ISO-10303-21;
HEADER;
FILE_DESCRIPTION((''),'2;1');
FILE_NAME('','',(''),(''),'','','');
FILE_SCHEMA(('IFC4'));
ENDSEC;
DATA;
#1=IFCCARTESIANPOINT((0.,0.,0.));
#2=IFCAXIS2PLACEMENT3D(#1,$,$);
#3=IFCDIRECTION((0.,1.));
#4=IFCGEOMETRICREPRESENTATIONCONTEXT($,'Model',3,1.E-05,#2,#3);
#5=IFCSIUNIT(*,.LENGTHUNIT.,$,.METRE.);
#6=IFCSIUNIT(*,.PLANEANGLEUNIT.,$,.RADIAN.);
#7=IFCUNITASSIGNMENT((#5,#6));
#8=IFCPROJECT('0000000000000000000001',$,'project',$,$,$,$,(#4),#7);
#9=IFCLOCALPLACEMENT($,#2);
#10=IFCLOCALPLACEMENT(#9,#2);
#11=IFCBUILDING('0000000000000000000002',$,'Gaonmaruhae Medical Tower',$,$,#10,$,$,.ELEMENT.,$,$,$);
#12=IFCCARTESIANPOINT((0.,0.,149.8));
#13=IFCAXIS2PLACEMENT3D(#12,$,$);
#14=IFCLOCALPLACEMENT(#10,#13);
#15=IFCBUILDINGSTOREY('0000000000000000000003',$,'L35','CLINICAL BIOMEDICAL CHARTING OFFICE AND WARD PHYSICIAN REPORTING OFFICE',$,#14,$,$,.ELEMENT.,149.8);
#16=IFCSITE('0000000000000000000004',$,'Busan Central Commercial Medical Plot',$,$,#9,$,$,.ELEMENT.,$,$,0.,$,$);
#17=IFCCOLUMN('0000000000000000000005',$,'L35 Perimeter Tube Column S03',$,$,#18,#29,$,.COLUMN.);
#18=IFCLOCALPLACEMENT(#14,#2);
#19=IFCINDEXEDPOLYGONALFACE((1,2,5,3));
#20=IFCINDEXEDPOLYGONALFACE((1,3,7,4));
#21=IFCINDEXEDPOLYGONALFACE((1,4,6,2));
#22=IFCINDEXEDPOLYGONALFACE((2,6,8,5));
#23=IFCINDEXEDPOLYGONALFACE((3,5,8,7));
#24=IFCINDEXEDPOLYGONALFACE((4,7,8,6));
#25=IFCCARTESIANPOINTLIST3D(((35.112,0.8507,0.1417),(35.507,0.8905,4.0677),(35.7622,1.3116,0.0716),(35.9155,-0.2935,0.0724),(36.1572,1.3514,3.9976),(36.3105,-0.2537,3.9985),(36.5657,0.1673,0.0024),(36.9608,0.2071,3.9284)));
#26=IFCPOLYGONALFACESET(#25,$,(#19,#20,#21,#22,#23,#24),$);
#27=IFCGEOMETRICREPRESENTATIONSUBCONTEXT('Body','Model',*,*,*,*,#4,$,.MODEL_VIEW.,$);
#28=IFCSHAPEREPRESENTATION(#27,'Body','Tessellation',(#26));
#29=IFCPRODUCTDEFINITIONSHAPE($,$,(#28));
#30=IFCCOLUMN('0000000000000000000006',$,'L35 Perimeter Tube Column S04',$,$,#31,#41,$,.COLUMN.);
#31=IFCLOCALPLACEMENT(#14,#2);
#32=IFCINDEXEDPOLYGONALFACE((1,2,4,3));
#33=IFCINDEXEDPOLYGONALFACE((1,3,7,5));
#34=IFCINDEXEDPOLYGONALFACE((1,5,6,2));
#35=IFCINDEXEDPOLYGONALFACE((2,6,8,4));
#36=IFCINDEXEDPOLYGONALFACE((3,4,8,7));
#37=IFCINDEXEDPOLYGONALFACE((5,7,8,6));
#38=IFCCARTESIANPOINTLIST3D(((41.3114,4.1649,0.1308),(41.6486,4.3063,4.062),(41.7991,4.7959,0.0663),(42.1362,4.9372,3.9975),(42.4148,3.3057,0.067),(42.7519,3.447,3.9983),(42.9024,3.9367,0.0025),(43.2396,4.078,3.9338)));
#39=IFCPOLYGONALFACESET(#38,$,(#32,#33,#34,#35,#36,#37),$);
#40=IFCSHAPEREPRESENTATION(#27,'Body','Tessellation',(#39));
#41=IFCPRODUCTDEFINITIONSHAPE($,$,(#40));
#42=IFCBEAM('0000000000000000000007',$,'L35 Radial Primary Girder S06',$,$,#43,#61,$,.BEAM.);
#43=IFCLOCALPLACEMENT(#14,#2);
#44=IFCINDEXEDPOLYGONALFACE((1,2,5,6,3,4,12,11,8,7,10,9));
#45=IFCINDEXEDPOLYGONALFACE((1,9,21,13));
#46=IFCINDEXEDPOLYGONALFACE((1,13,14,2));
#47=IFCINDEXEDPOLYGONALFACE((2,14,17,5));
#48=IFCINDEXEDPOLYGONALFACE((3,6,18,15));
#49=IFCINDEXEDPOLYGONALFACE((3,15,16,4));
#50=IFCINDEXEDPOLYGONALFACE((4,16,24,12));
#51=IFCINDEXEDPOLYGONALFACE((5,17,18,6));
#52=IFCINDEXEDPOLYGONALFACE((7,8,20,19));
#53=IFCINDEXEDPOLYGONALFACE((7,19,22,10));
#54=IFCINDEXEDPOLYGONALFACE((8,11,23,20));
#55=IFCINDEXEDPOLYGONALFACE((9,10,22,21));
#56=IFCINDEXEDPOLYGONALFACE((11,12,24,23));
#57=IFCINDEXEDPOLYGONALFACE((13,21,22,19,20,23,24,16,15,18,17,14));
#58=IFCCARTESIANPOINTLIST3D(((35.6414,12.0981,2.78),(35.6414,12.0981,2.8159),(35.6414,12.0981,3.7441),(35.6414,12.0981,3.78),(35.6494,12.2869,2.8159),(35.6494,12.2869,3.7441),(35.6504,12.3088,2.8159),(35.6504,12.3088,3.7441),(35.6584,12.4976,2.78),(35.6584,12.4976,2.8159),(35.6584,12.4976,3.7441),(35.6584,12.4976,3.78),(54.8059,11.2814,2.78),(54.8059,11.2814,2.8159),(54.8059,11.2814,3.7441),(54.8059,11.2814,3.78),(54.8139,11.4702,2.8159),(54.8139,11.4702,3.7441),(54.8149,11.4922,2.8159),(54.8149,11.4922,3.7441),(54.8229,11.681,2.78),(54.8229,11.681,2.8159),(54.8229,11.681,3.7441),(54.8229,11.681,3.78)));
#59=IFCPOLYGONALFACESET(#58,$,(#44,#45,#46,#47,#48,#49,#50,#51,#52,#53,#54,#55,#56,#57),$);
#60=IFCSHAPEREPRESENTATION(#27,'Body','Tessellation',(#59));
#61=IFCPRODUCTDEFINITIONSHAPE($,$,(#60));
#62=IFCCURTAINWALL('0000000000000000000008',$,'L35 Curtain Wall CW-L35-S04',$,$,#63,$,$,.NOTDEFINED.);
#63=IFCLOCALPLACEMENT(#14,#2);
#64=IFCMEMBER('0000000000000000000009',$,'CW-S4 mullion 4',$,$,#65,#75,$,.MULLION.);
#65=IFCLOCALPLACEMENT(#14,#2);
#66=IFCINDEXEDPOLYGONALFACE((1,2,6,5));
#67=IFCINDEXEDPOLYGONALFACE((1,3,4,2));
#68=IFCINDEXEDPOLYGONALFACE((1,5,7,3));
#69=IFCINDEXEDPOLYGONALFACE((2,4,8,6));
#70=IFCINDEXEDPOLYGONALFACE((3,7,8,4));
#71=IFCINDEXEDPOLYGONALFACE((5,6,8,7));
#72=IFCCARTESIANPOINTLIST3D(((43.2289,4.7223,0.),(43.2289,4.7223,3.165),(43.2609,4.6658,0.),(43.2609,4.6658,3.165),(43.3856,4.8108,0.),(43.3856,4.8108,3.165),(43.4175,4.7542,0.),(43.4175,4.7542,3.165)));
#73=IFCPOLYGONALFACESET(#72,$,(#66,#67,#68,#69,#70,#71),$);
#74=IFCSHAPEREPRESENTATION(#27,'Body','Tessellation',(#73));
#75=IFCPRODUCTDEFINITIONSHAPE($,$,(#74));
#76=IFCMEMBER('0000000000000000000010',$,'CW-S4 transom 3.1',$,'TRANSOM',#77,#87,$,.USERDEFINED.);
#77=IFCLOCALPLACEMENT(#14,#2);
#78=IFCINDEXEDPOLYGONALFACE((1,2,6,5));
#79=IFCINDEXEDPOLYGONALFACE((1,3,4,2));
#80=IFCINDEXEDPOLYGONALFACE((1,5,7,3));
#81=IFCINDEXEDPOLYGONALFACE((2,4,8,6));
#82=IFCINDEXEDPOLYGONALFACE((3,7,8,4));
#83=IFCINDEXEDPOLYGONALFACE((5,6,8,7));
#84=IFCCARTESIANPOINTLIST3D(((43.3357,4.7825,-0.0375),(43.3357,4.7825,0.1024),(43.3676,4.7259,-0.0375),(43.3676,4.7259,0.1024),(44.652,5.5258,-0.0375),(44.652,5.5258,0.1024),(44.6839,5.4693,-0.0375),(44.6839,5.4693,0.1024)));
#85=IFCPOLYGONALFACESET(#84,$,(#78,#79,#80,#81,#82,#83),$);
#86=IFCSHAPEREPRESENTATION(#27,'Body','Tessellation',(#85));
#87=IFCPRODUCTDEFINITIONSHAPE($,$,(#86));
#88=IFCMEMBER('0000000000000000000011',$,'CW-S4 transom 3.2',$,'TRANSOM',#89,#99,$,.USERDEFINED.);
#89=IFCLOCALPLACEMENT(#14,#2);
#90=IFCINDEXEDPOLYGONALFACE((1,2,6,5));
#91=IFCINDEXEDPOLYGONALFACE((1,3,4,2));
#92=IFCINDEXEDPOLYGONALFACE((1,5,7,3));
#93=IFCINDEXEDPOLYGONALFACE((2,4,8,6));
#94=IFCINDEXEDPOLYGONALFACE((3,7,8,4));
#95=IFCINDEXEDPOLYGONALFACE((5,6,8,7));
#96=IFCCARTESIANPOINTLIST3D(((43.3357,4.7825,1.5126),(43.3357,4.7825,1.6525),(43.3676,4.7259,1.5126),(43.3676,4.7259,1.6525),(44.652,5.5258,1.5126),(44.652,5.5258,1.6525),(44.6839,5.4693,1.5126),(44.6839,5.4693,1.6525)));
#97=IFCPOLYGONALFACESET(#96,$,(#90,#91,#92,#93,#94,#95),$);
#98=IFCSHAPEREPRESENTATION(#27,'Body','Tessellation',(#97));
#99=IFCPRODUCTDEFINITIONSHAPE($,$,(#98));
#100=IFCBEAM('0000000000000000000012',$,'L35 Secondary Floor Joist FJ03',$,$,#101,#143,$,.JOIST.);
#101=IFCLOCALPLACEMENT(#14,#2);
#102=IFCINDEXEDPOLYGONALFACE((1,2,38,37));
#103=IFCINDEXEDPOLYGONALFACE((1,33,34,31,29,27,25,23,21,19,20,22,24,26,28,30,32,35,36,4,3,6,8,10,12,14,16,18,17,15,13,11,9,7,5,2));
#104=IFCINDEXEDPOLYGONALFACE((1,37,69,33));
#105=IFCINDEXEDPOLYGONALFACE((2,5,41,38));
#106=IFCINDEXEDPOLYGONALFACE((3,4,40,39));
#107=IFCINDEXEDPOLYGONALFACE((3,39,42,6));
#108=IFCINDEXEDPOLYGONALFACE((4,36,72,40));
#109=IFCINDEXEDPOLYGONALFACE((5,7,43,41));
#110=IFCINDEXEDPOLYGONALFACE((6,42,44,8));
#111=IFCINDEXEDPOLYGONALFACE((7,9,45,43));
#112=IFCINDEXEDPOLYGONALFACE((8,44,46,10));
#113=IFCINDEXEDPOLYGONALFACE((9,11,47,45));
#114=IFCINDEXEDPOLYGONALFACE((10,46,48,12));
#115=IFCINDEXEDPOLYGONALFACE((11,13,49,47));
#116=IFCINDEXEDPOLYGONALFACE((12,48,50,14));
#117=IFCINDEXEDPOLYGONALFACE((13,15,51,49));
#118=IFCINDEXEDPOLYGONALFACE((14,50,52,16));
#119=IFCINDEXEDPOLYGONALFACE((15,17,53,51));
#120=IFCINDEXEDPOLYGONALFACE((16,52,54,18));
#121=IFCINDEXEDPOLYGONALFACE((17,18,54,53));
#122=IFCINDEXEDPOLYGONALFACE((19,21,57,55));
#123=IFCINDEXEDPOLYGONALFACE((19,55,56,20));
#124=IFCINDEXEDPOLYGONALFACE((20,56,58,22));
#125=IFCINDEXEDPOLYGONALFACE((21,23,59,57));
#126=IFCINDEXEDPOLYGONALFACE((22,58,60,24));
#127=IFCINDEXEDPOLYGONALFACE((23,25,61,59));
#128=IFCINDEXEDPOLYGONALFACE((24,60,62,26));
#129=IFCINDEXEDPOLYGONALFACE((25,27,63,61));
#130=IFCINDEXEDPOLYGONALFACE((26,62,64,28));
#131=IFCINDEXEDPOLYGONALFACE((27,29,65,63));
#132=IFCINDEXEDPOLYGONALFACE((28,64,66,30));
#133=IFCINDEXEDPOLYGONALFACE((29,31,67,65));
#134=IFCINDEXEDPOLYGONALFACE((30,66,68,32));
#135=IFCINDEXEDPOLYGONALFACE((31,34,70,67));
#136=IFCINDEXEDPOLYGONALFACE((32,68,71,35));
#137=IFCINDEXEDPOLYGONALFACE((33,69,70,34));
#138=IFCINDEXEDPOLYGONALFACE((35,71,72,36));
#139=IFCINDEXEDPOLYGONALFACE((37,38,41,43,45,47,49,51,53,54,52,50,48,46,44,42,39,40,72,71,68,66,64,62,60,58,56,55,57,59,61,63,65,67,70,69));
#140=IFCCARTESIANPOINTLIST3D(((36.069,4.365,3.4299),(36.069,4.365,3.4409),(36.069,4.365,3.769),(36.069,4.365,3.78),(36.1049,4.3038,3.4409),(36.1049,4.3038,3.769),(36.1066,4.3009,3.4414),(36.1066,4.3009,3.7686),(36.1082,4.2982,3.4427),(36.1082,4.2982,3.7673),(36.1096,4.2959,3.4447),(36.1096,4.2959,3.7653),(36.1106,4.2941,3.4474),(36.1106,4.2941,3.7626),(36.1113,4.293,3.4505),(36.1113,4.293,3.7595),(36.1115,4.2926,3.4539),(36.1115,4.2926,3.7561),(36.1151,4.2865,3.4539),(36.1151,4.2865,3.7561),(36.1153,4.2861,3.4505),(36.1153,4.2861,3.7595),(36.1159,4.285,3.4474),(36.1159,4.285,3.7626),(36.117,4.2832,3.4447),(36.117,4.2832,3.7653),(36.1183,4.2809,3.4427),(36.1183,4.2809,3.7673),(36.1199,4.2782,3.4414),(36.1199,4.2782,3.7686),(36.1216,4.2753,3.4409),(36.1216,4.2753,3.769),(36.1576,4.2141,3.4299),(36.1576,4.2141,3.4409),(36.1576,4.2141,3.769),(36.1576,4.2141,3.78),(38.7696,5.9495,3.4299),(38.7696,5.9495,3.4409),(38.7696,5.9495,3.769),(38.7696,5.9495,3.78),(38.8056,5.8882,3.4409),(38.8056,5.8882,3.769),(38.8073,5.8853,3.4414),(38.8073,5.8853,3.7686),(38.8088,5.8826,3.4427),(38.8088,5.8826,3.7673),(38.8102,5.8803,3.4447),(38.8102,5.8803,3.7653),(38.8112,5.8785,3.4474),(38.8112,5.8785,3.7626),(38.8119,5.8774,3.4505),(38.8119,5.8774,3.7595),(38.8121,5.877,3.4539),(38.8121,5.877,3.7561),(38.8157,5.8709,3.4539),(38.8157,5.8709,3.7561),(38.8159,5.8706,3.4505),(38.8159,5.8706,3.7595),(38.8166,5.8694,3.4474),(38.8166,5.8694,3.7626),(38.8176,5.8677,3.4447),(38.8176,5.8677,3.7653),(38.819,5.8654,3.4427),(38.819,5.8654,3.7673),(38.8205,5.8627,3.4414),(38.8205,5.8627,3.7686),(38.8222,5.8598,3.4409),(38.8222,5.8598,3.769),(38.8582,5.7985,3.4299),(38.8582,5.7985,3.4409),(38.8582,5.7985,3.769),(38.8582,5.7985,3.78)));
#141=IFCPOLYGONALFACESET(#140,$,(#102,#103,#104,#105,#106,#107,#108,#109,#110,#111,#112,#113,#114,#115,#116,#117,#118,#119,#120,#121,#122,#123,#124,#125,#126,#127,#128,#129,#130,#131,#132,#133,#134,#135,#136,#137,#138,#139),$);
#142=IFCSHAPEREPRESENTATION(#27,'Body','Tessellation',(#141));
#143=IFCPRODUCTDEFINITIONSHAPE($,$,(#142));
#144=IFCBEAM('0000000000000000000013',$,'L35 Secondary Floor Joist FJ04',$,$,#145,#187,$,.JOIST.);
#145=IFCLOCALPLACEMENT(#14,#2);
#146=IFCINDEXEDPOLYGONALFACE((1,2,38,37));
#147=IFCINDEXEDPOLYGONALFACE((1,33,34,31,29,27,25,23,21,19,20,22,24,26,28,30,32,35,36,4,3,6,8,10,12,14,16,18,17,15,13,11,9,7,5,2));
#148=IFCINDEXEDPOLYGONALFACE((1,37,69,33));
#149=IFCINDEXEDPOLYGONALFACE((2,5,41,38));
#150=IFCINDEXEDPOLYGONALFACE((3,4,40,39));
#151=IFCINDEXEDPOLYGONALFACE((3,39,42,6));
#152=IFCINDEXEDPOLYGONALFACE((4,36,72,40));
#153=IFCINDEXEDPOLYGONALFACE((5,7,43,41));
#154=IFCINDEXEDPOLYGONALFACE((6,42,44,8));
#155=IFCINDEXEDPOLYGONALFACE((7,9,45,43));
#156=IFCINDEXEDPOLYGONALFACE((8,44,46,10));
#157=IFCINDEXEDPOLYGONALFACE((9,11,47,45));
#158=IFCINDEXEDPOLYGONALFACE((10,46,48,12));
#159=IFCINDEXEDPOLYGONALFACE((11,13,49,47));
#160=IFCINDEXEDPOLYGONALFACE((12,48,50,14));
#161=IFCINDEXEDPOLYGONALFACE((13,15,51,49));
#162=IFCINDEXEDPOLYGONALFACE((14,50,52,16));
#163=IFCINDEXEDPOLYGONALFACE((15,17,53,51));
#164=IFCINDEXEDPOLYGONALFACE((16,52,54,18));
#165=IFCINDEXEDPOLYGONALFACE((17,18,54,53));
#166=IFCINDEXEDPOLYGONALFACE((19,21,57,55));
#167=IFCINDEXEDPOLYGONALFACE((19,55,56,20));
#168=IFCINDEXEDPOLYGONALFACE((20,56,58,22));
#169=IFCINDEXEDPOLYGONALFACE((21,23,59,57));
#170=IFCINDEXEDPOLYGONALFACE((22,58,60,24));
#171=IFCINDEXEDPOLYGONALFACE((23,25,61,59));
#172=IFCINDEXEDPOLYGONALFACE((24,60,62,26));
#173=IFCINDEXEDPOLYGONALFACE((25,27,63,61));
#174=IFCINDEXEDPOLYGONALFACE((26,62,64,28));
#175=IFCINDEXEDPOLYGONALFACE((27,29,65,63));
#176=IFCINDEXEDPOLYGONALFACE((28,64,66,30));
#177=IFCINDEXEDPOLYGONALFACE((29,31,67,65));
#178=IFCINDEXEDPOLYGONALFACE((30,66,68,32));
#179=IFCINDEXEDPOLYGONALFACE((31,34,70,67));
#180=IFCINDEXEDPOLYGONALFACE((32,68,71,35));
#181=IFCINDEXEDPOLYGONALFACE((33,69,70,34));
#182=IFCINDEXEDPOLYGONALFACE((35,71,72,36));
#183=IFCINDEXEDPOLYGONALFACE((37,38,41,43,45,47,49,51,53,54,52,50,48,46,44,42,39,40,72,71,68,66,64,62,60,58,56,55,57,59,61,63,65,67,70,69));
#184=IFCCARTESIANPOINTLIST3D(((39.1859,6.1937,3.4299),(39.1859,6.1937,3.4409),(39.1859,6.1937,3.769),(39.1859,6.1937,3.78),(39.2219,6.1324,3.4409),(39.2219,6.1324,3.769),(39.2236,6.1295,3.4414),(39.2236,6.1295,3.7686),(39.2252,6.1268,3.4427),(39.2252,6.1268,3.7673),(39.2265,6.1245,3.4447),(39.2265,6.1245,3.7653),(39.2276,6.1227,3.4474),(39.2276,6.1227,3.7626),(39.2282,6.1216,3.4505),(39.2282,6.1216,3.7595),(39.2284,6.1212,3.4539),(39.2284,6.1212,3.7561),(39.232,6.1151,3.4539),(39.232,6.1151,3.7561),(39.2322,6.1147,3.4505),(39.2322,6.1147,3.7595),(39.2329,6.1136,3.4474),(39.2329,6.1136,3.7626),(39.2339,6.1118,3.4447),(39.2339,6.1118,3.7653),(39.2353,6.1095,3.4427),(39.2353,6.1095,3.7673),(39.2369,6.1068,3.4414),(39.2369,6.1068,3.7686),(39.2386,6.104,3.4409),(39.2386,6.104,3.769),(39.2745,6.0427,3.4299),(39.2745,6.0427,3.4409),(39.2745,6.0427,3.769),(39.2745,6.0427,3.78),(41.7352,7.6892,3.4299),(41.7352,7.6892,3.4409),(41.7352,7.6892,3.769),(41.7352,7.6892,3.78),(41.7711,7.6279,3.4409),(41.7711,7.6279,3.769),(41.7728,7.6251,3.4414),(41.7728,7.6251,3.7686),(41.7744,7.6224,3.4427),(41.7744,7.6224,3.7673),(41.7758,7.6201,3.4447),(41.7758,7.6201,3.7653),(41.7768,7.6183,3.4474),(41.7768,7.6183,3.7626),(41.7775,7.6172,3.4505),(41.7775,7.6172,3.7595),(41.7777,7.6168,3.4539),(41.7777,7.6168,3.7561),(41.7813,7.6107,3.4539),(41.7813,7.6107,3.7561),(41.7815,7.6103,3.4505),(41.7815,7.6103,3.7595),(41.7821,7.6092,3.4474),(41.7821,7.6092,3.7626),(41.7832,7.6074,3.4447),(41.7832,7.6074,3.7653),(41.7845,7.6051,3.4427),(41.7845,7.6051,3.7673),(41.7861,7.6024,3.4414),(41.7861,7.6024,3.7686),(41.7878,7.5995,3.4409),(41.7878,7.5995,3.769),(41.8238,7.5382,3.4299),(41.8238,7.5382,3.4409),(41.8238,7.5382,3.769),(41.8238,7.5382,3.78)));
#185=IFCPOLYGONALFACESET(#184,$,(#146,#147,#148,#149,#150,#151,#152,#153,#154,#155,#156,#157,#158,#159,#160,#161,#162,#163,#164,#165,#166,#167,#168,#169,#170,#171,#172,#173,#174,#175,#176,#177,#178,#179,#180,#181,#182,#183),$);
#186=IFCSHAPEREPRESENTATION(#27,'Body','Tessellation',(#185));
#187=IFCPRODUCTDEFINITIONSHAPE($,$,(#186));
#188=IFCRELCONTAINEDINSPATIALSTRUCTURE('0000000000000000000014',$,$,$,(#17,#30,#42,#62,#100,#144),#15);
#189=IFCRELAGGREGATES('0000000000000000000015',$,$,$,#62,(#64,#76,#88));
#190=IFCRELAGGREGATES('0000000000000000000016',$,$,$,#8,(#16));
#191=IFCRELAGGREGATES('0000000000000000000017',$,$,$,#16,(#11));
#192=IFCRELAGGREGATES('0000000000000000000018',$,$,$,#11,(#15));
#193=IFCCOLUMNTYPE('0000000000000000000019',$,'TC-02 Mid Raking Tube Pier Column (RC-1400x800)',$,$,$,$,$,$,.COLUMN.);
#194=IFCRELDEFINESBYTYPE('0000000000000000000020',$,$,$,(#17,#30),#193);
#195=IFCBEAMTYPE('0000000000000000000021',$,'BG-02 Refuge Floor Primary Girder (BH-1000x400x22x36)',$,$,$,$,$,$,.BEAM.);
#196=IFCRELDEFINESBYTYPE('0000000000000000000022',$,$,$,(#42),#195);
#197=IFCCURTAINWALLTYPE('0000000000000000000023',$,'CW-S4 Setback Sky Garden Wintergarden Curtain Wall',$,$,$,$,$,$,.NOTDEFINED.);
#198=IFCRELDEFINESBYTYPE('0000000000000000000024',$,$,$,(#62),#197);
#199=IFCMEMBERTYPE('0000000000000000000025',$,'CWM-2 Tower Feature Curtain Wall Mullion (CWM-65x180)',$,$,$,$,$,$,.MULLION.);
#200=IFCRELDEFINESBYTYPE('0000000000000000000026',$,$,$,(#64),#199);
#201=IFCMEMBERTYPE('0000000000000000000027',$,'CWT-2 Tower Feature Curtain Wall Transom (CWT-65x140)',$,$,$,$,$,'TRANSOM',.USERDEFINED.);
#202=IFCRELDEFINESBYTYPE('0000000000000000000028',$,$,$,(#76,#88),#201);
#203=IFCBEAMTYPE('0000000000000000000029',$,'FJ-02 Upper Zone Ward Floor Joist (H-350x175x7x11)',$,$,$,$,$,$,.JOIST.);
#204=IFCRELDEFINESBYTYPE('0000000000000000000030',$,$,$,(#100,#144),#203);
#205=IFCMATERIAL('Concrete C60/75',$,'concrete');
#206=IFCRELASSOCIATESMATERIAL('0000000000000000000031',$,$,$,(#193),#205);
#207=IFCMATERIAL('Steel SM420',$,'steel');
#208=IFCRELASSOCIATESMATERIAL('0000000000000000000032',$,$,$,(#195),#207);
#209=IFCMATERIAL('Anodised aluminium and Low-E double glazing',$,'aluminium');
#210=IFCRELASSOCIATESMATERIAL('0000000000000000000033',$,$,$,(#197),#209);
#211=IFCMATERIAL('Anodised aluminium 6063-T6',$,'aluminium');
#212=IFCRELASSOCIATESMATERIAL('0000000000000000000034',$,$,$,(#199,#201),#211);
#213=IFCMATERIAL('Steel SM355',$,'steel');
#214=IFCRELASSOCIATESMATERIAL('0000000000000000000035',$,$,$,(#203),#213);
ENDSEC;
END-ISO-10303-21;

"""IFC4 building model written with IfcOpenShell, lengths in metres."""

from ifc_helpers import new_model, si_unit, direction, frame, origin, origin_2d, place, context, subcontext, project, spatial, rectangle, i_section, extrude, material, material_profile, profile_set, type_object, element, aggregate, save


model = new_model("IFC4")

# Units and contexts
model_context = context("Model", 3, precision=1e-05, world=origin(), true_north=direction((0.0, 1.0)))
body_context = subcontext(model_context, "Body", "Model", "MODEL_VIEW")
ifc_project = project(units=[si_unit("LENGTHUNIT", "METRE"), si_unit("PLANEANGLEUNIT", "RADIAN")], contexts=[model_context])

# Site, building, storey
site_placement = place(None, origin())
site = spatial("IfcSite", under=ifc_project, at=site_placement, Name="Busan Central Commercial Medical Plot", CompositionType="ELEMENT", RefElevation=0.0)
building_placement = place(site_placement, origin())
building = spatial("IfcBuilding", under=site, at=building_placement, Name="Gaonmaruhae Medical Tower", CompositionType="ELEMENT")
storey_placement = place(building_placement, frame((0.0, 0.0, 149.8)))
storey = spatial("IfcBuildingStorey", under=building, at=storey_placement, Name="L35", Description="CLINICAL BIOMEDICAL CHARTING OFFICE AND WARD PHYSICIAN REPORTING OFFICE", CompositionType="ELEMENT", Elevation=149.8)

# Columns
ifc_material_1 = material(Name="Concrete C60/75", Category="concrete")
ifc_material_profile_1 = material_profile(ifc_material_1, rectangle(XDim=1.3999, YDim=0.8, at=origin_2d()), Name="RC-1400x800")
ifc_profile_set_1 = profile_set([ifc_material_profile_1], Name="Concrete C60/75")
column_type = type_object("IfcColumnType", Name="TC-02 Mid Raking Tube Pier Column (RC-1400x800)", PredefinedType="COLUMN", material=ifc_profile_set_1)
column_1_placement = place(storey_placement, frame((35.8389, 0.509, 0.072), z_axis=(0.100105, 0.010085, 0.994926), x_axis=(-0.573988, 0.817368, 0.049467)))
element("IfcColumn", 1, at=column_1_placement, inside=storey, type_object=column_type, Name="L35 Perimeter Tube Column S03", PredefinedType="COLUMN", context=body_context, shape_type="SweptSolid", body=[
    extrude(rectangle(XDim=1.3999, YDim=0.8, at=origin_2d()), origin(), (0.0, 0.0, 1.0), 3.946),
])
column_2_placement = place(storey_placement, frame((42.1069, 4.0508, 0.0667), z_axis=(0.085392, 0.035802, 0.995704), x_axis=(-0.788169, 0.613773, 0.045525)))
element("IfcColumn", 2, at=column_2_placement, inside=storey, type_object=column_type, Name="L35 Perimeter Tube Column S04", PredefinedType="COLUMN", context=body_context, shape_type="SweptSolid", body=[
    extrude(rectangle(XDim=1.3999, YDim=0.8, at=origin_2d()), origin(), (0.0, 0.0, 1.0), 3.9482),
])

# Beam
ifc_material_2 = material(Name="Steel SM420", Category="steel")
ifc_material_profile_2 = material_profile(ifc_material_2, i_section(OverallWidth=0.3999, OverallDepth=1.0, WebThickness=0.022, FlangeThickness=0.0359, at=origin_2d()), Name="BH-1000x400x22x36")
ifc_profile_set_2 = profile_set([ifc_material_profile_2], Name="Steel SM420")
beam_type_1 = type_object("IfcBeamType", Name="BG-02 Refuge Floor Primary Girder (BH-1000x400x22x36)", PredefinedType="BEAM", material=ifc_profile_set_2)
beam_1_placement = place(storey_placement, frame((35.6499, 12.2979, 3.28), z_axis=(0.999093, -0.042574, 0.0), x_axis=(0.042574, 0.999093, 0.0)))
element("IfcBeam", 3, at=beam_1_placement, inside=storey, type_object=beam_type_1, Name="L35 Radial Primary Girder S06", PredefinedType="BEAM", context=body_context, shape_type="SweptSolid", body=[
    extrude(i_section(OverallWidth=0.3999, OverallDepth=1.0, WebThickness=0.022, FlangeThickness=0.0359, at=origin_2d()), origin(), (0.0, 0.0, 1.0), 19.1819),
])

# Curtain wall, members
ifc_material_3 = material(Name="Anodised aluminium and Low-E double glazing", Category="aluminium")
curtain_wall_type = type_object("IfcCurtainWallType", Name="CW-S4 Setback Sky Garden Wintergarden Curtain Wall", PredefinedType="NOTDEFINED", material=ifc_material_3)
curtain_wall_placement = place(storey_placement, origin())
curtain_wall = element("IfcCurtainWall", 4, at=curtain_wall_placement, inside=storey, type_object=curtain_wall_type, Name="L35 Curtain Wall CW-L35-S04", PredefinedType="NOTDEFINED")
ifc_material_4 = material(Name="Anodised aluminium 6063-T6", Category="aluminium")
ifc_material_profile_3 = material_profile(ifc_material_4, rectangle(XDim=0.0649, YDim=0.1799, at=origin_2d()), Name="CWM-65x180")
ifc_profile_set_3 = profile_set([ifc_material_profile_3], Name="Anodised aluminium 6063-T6")
member_type_1 = type_object("IfcMemberType", Name="CWM-2 Tower Feature Curtain Wall Mullion (CWM-65x180)", PredefinedType="MULLION", material=ifc_profile_set_3)
member_1_placement = place(storey_placement, frame((43.3232, 4.7383, 0.0), z_axis=(0.0, 0.0, 1.0), x_axis=(0.491669, -0.870782, 0.0)))
member_1 = element("IfcMember", 5, at=member_1_placement, type_object=member_type_1, Name="CW-S4 mullion 4", PredefinedType="MULLION", context=body_context, shape_type="SweptSolid", body=[
    extrude(rectangle(XDim=0.0649, YDim=0.1799, at=origin_2d()), origin(), (0.0, 0.0, 1.0), 3.165),
])
ifc_material_profile_4 = material_profile(ifc_material_4, rectangle(XDim=0.0649, YDim=0.1399, at=origin_2d()), Name="CWT-65x140")
ifc_profile_set_4 = profile_set([ifc_material_profile_4], Name="Anodised aluminium 6063-T6")
member_type_2 = type_object("IfcMemberType", Name="CWT-2 Tower Feature Curtain Wall Transom (CWT-65x140)", ElementType="TRANSOM", PredefinedType="USERDEFINED", material=ifc_profile_set_4)
member_2_placement = place(storey_placement, frame((44.668, 5.4976, 0.0325), z_axis=(-0.870746, -0.491733, 0.0), x_axis=(0.491733, -0.870746, 0.0)))
member_2 = element("IfcMember", 6, at=member_2_placement, type_object=member_type_2, Name="CW-S4 transom 3.1", ObjectType="TRANSOM", PredefinedType="USERDEFINED", context=body_context, shape_type="SweptSolid", body=[
    extrude(rectangle(XDim=0.0649, YDim=0.1399, at=origin_2d()), origin(), (0.0, 0.0, 1.0), 1.5117),
])
member_3_placement = place(storey_placement, frame((44.668, 5.4976, 1.5825), z_axis=(-0.870746, -0.491733, 0.0), x_axis=(0.491733, -0.870746, 0.0)))
member_3 = element("IfcMember", 7, at=member_3_placement, type_object=member_type_2, Name="CW-S4 transom 3.2", ObjectType="TRANSOM", PredefinedType="USERDEFINED", context=body_context, shape_type="SweptSolid", body=[
    extrude(rectangle(XDim=0.0649, YDim=0.1399, at=origin_2d()), origin(), (0.0, 0.0, 1.0), 1.5117),
])

# Beams
ifc_material_5 = material(Name="Steel SM355", Category="steel")
ifc_material_profile_5 = material_profile(ifc_material_5, i_section(OverallWidth=0.175, OverallDepth=0.3501, WebThickness=0.0071, FlangeThickness=0.011, FilletRadius=0.0129, at=origin_2d()), Name="H-350x175x7x11")
ifc_profile_set_5 = profile_set([ifc_material_profile_5], Name="Steel SM355")
beam_type_2 = type_object("IfcBeamType", Name="FJ-02 Upper Zone Ward Floor Joist (H-350x175x7x11)", PredefinedType="JOIST", material=ifc_profile_set_5)
beam_2_placement = place(storey_placement, frame((36.1133, 4.2896, 3.605), z_axis=(0.862515, 0.506032, 0.0), x_axis=(-0.506032, 0.862515, 0.0)))
element("IfcBeam", 8, at=beam_2_placement, inside=storey, type_object=beam_type_2, Name="L35 Secondary Floor Joist FJ03", PredefinedType="JOIST", context=body_context, shape_type="SweptSolid", body=[
    extrude(i_section(OverallWidth=0.175, OverallDepth=0.3501, WebThickness=0.0071, FlangeThickness=0.011, FilletRadius=0.0129, at=origin_2d()), origin(), (0.0, 0.0, 1.0), 3.1311),
])
beam_3_placement = place(storey_placement, frame((39.2302, 6.1182, 3.605), z_axis=(0.862524, 0.506016, 0.0), x_axis=(-0.506016, 0.862524, 0.0)))
element("IfcBeam", 9, at=beam_3_placement, inside=storey, type_object=beam_type_2, Name="L35 Secondary Floor Joist FJ04", PredefinedType="JOIST", context=body_context, shape_type="SweptSolid", body=[
    extrude(i_section(OverallWidth=0.175, OverallDepth=0.3501, WebThickness=0.0071, FlangeThickness=0.011, FilletRadius=0.0129, at=origin_2d()), origin(), (0.0, 0.0, 1.0), 2.9556),
])

aggregate(curtain_wall, [member_1, member_2, member_3])

save(model, "model.ifc")
